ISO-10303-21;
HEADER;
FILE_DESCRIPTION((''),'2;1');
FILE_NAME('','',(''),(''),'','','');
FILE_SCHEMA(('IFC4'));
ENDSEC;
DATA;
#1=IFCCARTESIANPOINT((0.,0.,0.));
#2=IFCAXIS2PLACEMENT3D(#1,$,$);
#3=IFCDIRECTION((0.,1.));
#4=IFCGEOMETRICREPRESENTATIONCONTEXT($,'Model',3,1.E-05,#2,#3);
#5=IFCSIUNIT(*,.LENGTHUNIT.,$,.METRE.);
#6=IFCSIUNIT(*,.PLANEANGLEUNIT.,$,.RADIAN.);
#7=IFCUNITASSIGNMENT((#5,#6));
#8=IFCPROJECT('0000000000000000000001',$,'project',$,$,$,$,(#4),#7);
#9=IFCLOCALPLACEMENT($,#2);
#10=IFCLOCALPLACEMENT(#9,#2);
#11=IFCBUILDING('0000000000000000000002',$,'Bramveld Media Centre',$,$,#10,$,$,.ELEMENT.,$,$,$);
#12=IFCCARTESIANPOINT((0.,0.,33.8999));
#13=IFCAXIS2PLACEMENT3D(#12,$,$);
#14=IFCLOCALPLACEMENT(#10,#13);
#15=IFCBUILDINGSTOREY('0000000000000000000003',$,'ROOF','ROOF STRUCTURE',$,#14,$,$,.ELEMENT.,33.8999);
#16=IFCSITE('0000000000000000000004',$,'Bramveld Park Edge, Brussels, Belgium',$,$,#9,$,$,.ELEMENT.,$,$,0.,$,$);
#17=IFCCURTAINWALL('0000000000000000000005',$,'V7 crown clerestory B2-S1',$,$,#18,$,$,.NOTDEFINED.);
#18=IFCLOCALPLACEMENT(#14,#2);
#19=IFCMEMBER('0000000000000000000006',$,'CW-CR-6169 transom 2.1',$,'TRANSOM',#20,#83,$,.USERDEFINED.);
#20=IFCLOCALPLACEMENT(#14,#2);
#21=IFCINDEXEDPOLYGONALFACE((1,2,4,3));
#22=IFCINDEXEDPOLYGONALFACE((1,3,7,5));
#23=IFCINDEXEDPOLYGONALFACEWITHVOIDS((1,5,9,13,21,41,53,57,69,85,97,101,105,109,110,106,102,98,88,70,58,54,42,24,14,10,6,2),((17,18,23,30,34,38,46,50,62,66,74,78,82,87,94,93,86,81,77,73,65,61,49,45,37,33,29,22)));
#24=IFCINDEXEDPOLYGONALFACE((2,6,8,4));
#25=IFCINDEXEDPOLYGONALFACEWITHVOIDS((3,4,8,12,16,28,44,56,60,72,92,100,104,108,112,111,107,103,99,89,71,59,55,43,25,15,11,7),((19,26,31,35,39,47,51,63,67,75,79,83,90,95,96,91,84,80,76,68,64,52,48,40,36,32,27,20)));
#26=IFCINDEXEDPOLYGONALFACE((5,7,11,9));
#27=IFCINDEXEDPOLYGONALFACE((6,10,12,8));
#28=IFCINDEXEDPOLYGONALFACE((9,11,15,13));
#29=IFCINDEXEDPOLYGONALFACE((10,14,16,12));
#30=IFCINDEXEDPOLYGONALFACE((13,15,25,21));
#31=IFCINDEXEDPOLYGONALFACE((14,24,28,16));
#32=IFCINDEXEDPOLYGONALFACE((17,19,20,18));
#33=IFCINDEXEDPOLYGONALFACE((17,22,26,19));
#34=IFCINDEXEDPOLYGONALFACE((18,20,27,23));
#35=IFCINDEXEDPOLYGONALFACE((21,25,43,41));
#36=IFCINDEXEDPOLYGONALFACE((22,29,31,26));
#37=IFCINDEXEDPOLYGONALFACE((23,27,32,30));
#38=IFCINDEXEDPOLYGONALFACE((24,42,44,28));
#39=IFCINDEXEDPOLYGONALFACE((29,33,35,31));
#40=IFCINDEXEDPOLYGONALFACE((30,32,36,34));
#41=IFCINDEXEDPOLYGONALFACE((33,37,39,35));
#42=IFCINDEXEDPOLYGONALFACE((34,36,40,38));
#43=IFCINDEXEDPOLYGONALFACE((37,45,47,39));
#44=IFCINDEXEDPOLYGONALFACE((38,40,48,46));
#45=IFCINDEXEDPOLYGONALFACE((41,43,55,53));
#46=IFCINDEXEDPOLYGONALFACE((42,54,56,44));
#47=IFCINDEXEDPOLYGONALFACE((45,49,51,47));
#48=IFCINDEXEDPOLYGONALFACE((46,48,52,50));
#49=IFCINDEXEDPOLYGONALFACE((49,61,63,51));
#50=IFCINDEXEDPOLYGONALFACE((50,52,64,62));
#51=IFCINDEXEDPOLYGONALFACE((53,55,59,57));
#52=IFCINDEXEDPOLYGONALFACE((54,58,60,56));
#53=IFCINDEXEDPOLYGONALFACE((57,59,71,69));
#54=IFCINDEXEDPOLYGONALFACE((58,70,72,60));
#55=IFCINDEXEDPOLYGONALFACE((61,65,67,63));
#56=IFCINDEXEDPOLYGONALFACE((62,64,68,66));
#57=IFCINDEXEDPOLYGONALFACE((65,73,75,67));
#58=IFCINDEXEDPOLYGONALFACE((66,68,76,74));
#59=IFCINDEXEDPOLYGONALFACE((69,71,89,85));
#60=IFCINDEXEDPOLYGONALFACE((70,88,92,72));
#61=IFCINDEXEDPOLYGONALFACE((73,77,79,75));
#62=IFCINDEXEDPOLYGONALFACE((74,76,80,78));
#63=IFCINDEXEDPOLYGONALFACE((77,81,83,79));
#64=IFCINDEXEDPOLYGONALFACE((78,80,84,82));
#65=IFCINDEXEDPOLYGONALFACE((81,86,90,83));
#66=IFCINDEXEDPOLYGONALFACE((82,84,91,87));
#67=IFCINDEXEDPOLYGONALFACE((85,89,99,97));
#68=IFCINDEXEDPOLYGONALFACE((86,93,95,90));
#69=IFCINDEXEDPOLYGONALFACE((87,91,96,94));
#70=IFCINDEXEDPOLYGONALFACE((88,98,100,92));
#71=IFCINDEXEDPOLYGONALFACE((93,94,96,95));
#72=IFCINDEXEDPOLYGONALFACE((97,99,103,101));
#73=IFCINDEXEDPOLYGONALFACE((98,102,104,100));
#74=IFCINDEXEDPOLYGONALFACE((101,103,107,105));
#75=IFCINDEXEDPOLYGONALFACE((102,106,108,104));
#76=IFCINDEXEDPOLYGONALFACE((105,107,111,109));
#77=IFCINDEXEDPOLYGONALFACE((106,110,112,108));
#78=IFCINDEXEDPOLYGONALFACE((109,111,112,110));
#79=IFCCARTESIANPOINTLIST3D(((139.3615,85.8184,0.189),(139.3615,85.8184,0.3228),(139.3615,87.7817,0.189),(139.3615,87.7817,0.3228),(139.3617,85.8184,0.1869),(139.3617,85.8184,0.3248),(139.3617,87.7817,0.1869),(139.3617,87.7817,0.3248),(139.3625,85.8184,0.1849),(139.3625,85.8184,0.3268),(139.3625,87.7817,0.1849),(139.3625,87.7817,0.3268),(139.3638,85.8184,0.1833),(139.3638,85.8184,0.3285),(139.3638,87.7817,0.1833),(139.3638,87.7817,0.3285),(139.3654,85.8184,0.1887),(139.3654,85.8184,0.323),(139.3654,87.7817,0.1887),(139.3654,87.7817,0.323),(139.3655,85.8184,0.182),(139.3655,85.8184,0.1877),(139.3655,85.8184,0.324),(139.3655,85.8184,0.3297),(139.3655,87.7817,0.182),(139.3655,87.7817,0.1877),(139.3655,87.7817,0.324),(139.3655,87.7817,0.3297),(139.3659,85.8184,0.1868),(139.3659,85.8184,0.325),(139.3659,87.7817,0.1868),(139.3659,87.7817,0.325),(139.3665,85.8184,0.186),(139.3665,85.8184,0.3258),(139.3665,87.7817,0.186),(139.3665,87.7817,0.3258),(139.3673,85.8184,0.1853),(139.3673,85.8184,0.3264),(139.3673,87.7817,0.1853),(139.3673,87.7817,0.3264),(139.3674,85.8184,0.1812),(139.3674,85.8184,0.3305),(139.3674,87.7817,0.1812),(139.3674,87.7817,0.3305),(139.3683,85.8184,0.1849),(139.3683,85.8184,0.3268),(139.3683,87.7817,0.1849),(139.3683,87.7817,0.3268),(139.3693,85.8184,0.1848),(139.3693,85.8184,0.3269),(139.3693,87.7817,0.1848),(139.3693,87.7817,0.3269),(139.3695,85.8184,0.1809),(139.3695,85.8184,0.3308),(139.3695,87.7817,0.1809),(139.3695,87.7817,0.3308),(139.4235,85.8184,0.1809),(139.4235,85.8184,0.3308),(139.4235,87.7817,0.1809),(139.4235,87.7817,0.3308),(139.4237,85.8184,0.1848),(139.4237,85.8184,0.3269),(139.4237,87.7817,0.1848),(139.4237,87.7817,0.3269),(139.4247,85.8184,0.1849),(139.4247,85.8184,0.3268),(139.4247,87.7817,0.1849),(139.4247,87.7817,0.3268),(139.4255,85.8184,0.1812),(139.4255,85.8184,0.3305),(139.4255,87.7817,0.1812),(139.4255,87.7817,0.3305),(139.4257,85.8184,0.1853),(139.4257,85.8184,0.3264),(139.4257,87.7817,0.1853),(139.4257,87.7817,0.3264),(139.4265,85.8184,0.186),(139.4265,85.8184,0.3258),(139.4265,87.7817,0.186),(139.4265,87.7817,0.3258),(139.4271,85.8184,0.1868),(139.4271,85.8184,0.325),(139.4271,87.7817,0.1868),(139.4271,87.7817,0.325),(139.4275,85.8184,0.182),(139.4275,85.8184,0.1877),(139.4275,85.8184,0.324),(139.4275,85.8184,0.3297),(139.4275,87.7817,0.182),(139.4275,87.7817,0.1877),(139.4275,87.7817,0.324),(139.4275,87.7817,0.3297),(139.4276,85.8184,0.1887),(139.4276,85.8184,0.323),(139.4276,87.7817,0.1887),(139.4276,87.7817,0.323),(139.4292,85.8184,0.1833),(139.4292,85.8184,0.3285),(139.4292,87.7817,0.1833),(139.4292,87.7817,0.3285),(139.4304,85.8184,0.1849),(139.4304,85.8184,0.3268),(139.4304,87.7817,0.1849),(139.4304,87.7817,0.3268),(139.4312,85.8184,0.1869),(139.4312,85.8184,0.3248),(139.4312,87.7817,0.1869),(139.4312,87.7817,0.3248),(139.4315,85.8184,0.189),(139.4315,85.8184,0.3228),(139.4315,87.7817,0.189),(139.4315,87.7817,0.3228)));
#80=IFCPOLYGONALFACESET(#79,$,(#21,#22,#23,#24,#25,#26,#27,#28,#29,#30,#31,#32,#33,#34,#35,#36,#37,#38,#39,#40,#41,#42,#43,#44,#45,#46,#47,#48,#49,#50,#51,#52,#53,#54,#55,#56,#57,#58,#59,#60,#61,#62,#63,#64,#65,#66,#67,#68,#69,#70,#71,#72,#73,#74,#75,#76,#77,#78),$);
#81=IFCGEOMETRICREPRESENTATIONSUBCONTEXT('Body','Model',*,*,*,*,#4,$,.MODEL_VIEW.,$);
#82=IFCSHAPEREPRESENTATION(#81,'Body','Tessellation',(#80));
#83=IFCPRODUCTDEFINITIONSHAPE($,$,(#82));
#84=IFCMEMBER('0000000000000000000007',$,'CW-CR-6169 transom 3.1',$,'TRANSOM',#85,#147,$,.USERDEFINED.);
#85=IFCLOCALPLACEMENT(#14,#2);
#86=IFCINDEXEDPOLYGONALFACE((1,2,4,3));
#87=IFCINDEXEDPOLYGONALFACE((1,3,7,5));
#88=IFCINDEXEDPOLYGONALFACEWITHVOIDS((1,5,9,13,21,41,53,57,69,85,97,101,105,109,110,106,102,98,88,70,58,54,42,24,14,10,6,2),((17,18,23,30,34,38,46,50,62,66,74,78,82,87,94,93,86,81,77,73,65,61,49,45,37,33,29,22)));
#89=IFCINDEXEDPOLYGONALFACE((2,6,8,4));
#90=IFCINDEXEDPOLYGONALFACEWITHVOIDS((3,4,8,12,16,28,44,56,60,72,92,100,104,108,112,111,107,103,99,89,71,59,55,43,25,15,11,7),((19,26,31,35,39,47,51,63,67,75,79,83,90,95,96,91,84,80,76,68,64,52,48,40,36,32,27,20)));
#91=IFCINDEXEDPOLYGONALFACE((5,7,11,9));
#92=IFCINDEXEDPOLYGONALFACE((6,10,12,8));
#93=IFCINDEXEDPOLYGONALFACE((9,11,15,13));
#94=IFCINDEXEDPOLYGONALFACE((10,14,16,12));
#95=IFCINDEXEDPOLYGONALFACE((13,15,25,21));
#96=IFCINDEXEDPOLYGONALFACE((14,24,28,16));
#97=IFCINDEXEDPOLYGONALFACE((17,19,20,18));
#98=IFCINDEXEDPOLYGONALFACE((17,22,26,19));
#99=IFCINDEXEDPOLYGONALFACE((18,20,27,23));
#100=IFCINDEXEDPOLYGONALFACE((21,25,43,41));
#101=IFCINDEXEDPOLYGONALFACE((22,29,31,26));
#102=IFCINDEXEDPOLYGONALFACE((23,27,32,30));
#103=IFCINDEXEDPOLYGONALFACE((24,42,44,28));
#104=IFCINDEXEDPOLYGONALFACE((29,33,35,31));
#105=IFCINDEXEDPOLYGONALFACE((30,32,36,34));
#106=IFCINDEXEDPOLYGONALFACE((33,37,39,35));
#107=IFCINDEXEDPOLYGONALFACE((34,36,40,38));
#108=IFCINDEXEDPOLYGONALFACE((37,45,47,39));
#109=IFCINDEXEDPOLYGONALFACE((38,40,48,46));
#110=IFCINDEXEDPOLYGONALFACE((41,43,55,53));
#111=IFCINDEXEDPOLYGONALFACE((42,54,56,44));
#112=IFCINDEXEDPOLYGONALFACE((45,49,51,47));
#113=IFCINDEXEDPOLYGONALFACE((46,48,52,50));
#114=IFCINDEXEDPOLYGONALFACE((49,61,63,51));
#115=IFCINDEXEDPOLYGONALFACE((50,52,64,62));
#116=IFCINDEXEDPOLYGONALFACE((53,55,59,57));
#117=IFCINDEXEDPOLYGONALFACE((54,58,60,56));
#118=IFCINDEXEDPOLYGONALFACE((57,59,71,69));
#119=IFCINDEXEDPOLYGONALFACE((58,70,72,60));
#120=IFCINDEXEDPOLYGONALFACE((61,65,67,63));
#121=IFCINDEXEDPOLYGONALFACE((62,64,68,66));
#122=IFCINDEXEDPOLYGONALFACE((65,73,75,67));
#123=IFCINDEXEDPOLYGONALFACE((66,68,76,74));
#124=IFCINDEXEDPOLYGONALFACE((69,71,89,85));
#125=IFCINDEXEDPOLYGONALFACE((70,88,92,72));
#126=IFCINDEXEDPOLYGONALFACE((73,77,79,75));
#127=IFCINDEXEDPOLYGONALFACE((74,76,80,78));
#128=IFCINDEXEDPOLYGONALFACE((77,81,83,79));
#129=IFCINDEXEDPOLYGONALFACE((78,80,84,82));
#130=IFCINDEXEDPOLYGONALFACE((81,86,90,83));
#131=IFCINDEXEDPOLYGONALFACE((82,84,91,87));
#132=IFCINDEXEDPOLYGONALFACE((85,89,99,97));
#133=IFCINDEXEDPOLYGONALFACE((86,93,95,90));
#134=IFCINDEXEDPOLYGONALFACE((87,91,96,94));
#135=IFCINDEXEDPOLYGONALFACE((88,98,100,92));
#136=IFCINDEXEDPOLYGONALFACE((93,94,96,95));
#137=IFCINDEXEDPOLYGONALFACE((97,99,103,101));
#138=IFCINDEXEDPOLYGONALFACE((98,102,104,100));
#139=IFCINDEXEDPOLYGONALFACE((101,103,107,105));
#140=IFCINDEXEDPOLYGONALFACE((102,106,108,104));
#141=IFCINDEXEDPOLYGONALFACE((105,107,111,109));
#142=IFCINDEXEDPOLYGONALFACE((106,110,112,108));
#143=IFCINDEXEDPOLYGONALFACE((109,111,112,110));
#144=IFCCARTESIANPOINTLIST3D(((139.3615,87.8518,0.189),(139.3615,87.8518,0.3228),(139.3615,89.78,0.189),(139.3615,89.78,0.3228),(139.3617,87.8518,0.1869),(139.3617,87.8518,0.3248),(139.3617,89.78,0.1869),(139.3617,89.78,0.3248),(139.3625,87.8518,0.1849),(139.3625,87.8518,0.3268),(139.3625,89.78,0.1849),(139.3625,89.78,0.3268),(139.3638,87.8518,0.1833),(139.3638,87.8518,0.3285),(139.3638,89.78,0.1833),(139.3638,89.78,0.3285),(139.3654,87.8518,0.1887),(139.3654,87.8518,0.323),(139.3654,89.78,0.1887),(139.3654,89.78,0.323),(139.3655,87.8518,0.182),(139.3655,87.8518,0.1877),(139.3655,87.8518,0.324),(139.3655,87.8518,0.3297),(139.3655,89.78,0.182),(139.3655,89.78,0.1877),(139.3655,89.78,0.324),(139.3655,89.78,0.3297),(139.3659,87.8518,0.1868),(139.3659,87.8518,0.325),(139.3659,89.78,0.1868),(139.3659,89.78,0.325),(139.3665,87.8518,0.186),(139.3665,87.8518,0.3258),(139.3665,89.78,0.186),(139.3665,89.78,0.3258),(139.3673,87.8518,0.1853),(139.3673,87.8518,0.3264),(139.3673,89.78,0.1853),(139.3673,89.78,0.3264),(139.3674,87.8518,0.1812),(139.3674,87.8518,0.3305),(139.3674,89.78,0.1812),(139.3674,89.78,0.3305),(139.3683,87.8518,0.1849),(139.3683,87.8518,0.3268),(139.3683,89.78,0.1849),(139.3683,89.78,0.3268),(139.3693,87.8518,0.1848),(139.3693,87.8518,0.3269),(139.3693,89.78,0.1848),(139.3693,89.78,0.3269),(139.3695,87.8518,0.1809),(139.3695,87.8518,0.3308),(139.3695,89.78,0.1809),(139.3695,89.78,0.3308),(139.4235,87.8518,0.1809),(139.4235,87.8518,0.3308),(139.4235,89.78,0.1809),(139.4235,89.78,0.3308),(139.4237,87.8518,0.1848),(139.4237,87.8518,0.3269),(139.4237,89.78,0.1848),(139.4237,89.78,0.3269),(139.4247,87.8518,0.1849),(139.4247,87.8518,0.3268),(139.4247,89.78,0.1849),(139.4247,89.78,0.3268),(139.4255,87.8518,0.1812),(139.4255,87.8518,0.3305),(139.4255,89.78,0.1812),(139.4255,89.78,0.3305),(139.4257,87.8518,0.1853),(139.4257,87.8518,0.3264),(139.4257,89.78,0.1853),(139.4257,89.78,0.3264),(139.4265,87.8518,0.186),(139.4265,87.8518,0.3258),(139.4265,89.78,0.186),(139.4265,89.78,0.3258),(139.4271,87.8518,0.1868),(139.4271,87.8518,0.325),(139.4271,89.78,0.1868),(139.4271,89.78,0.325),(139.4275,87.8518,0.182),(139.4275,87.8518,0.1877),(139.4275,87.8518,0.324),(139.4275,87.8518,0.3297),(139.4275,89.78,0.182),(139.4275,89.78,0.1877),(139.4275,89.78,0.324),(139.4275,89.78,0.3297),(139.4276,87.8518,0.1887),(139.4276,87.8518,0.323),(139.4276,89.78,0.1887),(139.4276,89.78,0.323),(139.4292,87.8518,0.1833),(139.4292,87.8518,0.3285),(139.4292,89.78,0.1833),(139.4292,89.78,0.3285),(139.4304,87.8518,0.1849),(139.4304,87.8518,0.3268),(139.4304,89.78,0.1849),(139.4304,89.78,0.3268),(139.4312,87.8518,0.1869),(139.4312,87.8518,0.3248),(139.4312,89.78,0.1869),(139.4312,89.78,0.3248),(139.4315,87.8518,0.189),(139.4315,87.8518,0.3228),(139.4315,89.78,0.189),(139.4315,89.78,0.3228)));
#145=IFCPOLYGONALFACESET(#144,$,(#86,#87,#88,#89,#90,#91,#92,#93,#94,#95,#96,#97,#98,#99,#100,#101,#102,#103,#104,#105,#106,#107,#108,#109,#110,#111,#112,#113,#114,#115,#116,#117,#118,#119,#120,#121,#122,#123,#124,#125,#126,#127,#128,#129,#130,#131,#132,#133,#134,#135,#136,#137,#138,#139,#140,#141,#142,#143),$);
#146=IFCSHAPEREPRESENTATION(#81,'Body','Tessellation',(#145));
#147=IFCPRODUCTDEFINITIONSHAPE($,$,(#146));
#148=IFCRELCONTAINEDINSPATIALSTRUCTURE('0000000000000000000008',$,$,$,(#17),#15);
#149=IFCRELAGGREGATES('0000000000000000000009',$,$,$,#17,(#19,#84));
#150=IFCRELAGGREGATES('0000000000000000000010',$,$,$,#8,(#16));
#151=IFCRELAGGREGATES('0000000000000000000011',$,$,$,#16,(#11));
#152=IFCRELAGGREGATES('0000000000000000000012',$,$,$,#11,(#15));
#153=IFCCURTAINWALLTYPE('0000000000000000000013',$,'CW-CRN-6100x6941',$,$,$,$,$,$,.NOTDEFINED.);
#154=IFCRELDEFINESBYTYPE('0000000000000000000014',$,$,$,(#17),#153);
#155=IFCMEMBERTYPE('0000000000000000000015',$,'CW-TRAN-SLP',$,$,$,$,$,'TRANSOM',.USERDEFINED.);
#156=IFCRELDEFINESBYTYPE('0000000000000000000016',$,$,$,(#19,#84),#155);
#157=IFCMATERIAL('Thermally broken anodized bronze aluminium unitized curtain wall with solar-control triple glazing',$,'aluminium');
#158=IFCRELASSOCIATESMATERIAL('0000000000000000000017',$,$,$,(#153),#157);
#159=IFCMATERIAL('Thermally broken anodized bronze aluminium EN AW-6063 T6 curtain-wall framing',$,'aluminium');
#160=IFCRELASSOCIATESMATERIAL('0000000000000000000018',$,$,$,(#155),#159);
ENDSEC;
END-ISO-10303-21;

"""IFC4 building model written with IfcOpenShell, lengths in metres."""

from ifc_helpers import new_model, si_unit, direction, frame, origin, origin_2d, place, context, subcontext, project, spatial, hollow_rectangle, extrude, material, material_profile, profile_set, type_object, element, aggregate, save


model = new_model("IFC4")

# Units and contexts
model_context = context("Model", 3, precision=1e-05, world=origin(), true_north=direction((0.0, 1.0)))
body_context = subcontext(model_context, "Body", "Model", "MODEL_VIEW")
ifc_project = project(units=[si_unit("LENGTHUNIT", "METRE"), si_unit("PLANEANGLEUNIT", "RADIAN")], contexts=[model_context])

# Site, building, storey
site_placement = place(None, origin())
site = spatial("IfcSite", under=ifc_project, at=site_placement, Name="Bramveld Park Edge, Brussels, Belgium", CompositionType="ELEMENT", RefElevation=0.0)
building_placement = place(site_placement, origin())
building = spatial("IfcBuilding", under=site, at=building_placement, Name="Bramveld Media Centre", CompositionType="ELEMENT")
storey_placement = place(building_placement, frame((0.0, 0.0, 33.8999)))
storey = spatial("IfcBuildingStorey", under=building, at=storey_placement, Name="ROOF", Description="ROOF STRUCTURE", CompositionType="ELEMENT", Elevation=33.8999)

# Curtain wall, members
ifc_material_1 = material(Name="Thermally broken anodized bronze aluminium unitized curtain wall with solar-control triple glazing", Category="aluminium")
curtain_wall_type = type_object("IfcCurtainWallType", Name="CW-CRN-6100x6941", PredefinedType="NOTDEFINED", material=ifc_material_1)
curtain_wall_1_placement = place(storey_placement, origin())
curtain_wall_1 = element("IfcCurtainWall", 1, at=curtain_wall_1_placement, inside=storey, type_object=curtain_wall_type, Name="V7 crown clerestory B2-S1", PredefinedType="NOTDEFINED")
ifc_material_2 = material(Name="Thermally broken anodized bronze aluminium EN AW-6063 T6 curtain-wall framing", Category="aluminium")
ifc_material_profile_1 = material_profile(ifc_material_2, hollow_rectangle(XDim=0.0701, YDim=0.1499, WallThickness=0.0039, InnerFilletRadius=0.0039, OuterFilletRadius=0.0081, at=origin_2d()), Name="AL-TRAN 70x150")
ifc_profile_set_1 = profile_set([ifc_material_profile_1], Name="Thermally broken anodized bronze aluminium EN AW-6063 T6 curtain-wall framing")
member_type_1 = type_object("IfcMemberType", Name="CW-TRAN-SLP", ElementType="TRANSOM", PredefinedType="USERDEFINED", material=ifc_profile_set_1)
member_1_placement = place(storey_placement, frame((139.3965, 85.8184, 0.2559), z_axis=(0.0, 1.0, 0.0), x_axis=(-1.0, 0.0, 0.0)))
member_1 = element("IfcMember", 2, at=member_1_placement, type_object=member_type_1, Name="CW-CR-6169 transom 2.1", ObjectType="TRANSOM", PredefinedType="USERDEFINED", context=body_context, shape_type="SweptSolid", body=[
    extrude(hollow_rectangle(XDim=0.0701, YDim=0.1499, WallThickness=0.0039, InnerFilletRadius=0.0039, OuterFilletRadius=0.0081, at=origin_2d()), origin(), (0.0, 0.0, 1.0), 1.9634),
])
member_2_placement = place(storey_placement, frame((139.3965, 87.8518, 0.2559), z_axis=(0.0, 1.0, 0.0), x_axis=(-1.0, 0.0, 0.0)))
member_2 = element("IfcMember", 3, at=member_2_placement, type_object=member_type_1, Name="CW-CR-6169 transom 3.1", ObjectType="TRANSOM", PredefinedType="USERDEFINED", context=body_context, shape_type="SweptSolid", body=[
    extrude(hollow_rectangle(XDim=0.0701, YDim=0.1499, WallThickness=0.0039, InnerFilletRadius=0.0039, OuterFilletRadius=0.0081, at=origin_2d()), origin(), (0.0, 0.0, 1.0), 1.9282),
])
aggregate(curtain_wall_1, [member_1, member_2])

save(model, "model.ifc")
